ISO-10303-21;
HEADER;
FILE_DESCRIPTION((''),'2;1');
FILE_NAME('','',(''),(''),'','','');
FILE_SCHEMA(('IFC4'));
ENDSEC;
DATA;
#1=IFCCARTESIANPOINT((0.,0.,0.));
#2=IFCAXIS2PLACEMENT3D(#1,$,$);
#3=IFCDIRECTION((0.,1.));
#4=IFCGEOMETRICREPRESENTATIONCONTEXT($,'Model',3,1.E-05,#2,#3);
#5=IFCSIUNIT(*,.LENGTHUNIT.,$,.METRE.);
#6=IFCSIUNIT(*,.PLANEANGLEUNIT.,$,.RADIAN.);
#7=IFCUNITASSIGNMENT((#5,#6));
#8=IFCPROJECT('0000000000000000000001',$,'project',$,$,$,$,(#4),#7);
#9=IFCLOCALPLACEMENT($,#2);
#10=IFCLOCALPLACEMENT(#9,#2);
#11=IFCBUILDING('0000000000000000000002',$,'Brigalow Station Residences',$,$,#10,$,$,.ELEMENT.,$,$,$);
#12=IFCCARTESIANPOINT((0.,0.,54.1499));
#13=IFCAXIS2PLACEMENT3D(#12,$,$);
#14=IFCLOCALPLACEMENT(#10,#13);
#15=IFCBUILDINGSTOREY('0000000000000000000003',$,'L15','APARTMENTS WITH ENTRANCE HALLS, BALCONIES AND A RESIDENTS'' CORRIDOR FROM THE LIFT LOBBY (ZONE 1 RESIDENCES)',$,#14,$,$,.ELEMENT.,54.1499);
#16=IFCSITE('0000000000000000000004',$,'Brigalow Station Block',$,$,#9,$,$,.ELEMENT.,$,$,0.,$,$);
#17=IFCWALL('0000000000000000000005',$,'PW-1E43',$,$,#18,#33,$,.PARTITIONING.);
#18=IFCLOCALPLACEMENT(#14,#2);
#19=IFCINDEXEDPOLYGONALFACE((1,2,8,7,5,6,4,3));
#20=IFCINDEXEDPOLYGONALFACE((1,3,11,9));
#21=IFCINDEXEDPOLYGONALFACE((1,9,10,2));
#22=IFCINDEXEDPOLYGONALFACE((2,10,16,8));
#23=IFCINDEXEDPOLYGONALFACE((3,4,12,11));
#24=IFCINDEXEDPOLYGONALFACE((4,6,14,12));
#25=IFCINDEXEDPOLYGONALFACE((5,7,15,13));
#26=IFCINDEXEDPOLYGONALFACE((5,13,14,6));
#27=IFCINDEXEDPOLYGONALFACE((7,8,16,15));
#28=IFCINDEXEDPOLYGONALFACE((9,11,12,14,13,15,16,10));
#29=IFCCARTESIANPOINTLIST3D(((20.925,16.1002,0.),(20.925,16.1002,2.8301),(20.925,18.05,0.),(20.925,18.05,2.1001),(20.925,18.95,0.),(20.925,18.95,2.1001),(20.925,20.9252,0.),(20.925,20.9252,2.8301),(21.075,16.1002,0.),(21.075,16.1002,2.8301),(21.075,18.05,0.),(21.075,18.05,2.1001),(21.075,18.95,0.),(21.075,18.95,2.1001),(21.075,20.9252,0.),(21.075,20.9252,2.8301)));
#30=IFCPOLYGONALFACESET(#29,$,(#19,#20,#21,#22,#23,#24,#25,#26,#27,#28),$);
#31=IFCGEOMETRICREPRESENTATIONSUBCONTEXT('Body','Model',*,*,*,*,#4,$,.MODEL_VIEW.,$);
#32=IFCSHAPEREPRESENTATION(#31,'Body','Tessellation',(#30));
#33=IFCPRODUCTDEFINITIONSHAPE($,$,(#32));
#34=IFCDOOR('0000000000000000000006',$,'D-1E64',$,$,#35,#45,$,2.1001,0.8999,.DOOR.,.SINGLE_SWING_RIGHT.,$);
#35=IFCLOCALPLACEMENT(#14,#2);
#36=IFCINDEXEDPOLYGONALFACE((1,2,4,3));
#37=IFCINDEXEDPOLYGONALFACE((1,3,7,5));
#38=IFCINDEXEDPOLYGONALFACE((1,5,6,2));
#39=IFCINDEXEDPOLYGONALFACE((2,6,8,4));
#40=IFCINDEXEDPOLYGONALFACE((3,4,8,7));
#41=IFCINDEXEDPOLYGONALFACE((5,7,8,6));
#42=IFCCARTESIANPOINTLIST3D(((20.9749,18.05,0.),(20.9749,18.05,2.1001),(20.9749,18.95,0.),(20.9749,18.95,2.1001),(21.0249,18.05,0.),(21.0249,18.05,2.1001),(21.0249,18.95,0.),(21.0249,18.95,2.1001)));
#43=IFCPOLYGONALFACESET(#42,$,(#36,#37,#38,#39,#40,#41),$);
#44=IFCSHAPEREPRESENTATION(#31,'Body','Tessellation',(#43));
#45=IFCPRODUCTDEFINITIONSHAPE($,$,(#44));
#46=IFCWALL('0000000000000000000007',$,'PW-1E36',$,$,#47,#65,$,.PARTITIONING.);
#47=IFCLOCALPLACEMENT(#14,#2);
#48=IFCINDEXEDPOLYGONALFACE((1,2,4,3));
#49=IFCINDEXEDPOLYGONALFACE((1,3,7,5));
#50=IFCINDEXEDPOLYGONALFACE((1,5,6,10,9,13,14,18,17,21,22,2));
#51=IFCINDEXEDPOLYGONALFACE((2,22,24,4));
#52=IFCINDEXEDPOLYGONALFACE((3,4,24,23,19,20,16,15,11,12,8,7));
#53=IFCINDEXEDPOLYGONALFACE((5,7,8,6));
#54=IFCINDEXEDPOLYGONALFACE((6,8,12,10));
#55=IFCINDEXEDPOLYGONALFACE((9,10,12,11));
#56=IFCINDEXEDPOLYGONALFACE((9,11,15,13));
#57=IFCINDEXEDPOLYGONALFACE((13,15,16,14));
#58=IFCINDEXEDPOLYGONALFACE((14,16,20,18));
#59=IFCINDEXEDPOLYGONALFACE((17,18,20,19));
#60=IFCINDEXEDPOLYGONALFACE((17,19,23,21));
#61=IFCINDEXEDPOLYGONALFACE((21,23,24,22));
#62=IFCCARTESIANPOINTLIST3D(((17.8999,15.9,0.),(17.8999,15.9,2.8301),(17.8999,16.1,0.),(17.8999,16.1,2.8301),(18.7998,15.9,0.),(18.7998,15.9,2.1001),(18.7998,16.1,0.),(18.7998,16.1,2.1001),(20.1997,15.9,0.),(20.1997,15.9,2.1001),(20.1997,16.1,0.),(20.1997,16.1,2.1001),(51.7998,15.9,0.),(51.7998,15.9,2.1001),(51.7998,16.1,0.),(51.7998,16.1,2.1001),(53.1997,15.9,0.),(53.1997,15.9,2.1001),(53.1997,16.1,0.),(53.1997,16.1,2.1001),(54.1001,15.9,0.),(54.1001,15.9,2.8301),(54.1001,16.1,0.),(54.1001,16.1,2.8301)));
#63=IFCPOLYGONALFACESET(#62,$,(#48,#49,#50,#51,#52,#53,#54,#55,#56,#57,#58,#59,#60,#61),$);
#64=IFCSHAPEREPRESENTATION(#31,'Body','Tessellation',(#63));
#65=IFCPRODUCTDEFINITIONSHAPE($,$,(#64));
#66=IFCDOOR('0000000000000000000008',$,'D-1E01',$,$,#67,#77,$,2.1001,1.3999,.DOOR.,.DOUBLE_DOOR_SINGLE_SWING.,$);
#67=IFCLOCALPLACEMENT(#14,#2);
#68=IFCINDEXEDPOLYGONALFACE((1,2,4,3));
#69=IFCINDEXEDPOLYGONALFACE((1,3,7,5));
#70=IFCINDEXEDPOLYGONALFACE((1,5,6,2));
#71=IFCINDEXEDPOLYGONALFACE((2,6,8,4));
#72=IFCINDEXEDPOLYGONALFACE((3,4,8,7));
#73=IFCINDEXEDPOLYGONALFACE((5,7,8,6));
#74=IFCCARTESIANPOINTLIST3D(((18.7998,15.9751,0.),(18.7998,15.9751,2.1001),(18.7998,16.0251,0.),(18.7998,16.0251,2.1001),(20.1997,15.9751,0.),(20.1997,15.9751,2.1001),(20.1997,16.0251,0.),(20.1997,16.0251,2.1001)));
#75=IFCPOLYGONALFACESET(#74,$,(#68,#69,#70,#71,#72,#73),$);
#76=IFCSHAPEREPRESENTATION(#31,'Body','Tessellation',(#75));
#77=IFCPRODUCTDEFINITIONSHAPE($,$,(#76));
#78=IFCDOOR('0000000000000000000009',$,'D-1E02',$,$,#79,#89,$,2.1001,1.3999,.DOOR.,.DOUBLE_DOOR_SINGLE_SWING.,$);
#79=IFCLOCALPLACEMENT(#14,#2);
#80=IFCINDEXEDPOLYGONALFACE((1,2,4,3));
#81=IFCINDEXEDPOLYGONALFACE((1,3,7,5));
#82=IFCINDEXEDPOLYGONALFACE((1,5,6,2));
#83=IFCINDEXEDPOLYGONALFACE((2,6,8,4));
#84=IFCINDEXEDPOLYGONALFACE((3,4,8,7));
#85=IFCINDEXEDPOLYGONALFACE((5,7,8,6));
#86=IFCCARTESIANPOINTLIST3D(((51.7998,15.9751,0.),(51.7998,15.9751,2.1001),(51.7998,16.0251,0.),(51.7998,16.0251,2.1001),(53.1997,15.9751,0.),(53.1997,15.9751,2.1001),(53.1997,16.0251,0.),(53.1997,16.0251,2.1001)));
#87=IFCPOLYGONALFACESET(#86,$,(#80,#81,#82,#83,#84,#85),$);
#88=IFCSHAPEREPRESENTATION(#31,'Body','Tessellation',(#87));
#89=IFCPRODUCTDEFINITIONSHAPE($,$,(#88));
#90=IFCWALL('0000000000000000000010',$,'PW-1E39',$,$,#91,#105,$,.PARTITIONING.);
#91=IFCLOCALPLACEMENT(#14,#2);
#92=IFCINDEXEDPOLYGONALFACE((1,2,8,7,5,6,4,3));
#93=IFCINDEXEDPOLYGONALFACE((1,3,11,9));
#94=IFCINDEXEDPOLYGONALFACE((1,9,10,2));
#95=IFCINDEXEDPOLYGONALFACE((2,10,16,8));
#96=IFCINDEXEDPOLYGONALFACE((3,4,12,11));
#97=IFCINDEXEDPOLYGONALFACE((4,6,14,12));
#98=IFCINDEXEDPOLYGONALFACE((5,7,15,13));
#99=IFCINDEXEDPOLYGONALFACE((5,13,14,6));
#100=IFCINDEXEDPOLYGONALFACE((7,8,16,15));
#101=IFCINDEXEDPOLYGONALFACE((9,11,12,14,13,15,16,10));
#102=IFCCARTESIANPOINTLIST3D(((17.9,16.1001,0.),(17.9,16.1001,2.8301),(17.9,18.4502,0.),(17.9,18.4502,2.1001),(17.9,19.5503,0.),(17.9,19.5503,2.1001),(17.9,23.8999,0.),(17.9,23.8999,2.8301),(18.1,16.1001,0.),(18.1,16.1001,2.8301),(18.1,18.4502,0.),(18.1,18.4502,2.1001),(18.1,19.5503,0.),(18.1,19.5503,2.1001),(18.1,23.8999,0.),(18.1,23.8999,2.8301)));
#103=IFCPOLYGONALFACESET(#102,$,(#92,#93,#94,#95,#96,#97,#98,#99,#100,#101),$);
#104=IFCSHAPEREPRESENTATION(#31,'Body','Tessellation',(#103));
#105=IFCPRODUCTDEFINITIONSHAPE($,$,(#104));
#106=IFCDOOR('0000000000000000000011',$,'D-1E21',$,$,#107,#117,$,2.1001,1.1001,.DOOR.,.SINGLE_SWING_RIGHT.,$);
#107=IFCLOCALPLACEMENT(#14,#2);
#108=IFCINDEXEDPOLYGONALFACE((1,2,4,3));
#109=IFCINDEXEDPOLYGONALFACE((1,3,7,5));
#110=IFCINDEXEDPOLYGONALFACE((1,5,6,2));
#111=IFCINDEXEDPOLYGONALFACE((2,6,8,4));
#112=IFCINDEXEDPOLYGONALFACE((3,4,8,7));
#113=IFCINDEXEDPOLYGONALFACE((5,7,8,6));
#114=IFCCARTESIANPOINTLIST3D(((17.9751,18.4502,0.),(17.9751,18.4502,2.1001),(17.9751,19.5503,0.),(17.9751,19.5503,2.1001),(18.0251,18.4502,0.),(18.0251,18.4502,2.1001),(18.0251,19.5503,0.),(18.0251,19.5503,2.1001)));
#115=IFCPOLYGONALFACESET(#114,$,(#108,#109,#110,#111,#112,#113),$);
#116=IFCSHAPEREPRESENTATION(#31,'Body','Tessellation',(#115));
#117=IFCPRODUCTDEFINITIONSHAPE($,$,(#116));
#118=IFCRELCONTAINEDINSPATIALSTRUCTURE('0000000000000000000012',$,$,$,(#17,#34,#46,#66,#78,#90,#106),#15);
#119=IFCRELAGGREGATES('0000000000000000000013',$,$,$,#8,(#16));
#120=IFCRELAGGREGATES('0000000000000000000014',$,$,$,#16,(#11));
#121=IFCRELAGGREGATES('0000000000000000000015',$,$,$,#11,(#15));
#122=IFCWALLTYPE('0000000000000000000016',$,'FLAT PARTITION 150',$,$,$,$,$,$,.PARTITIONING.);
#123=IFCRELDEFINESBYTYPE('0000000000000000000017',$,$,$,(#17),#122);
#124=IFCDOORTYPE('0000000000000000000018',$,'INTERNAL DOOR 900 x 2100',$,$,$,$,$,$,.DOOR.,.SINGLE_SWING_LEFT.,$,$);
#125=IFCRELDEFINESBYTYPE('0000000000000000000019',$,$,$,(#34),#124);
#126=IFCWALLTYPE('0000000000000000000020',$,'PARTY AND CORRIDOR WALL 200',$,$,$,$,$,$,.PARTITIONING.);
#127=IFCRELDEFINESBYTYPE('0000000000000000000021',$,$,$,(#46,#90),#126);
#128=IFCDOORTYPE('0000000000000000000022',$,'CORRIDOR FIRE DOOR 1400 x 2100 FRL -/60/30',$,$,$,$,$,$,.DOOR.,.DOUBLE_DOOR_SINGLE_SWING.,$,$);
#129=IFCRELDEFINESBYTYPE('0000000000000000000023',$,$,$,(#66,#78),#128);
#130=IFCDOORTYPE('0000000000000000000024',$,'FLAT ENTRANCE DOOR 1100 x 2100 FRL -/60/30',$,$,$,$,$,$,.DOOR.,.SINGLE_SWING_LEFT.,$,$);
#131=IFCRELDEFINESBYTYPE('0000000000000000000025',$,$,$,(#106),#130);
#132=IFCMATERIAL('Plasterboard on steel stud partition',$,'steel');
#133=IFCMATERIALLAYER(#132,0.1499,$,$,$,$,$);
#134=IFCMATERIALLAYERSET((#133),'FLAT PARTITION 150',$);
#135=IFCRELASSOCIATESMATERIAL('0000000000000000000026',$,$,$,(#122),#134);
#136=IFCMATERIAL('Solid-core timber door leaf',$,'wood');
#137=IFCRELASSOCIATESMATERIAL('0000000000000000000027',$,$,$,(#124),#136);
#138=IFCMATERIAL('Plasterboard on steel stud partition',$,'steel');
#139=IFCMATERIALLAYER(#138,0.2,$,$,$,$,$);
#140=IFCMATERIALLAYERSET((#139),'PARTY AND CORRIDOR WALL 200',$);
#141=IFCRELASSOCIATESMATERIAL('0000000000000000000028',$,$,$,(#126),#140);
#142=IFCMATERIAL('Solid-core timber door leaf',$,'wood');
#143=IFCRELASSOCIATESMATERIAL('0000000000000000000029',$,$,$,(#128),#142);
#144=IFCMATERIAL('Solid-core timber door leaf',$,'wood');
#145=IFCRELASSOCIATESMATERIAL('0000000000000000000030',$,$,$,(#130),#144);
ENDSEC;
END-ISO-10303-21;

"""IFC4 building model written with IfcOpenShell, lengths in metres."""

from ifc_helpers import new_model, si_unit, direction, frame, frame_2d, origin, place, context, subcontext, project, spatial, rectangle, extrude, material, layer, layer_set, type_object, element, fill, save


model = new_model("IFC4")

# Units and contexts
model_context = context("Model", 3, precision=1e-05, world=origin(), true_north=direction((0.0, 1.0)))
body_context = subcontext(model_context, "Body", "Model", "MODEL_VIEW")
ifc_project = project(units=[si_unit("LENGTHUNIT", "METRE"), si_unit("PLANEANGLEUNIT", "RADIAN")], contexts=[model_context])

# Site, building, storey
site_placement = place(None, origin())
site = spatial("IfcSite", under=ifc_project, at=site_placement, Name="Brigalow Station Block", CompositionType="ELEMENT", RefElevation=0.0)
building_placement = place(site_placement, origin())
building = spatial("IfcBuilding", under=site, at=building_placement, Name="Brigalow Station Residences", CompositionType="ELEMENT")
storey_placement = place(building_placement, frame((0.0, 0.0, 54.1499)))
storey = spatial("IfcBuildingStorey", under=building, at=storey_placement, Name="L15", Description="APARTMENTS WITH ENTRANCE HALLS, BALCONIES AND A RESIDENTS' CORRIDOR FROM THE LIFT LOBBY (ZONE 1 RESIDENCES)", CompositionType="ELEMENT", Elevation=54.1499)

# Shared definitions
ifc_material_1 = material(Name="Plasterboard on steel stud partition", Category="steel")
ifc_layer_1 = layer(ifc_material_1, 0.1499)
ifc_layer_set_1 = layer_set([ifc_layer_1], Name="FLAT PARTITION 150")
wall_type_1 = type_object("IfcWallType", Name="FLAT PARTITION 150", PredefinedType="PARTITIONING", material=ifc_layer_set_1)
ifc_material_2 = material(Name="Solid-core timber door leaf", Category="wood")
door_type_1 = type_object("IfcDoorType", Name="INTERNAL DOOR 900 x 2100", OperationType="SINGLE_SWING_LEFT", PredefinedType="DOOR", material=ifc_material_2)

# Wall, opening, door
wall_1_placement = place(storey_placement, frame((21.0, 16.1001, 0.0), z_axis=(0.0, 0.0, 1.0), x_axis=(0.0, 1.0, 0.0)))
wall_1 = element("IfcWall", 1, at=wall_1_placement, inside=storey, type_object=wall_type_1, Name="PW-1E43", PredefinedType="PARTITIONING", context=body_context, shape_type="SweptSolid", body=[
    extrude(rectangle(XDim=4.825, YDim=0.1499, at=frame_2d((2.4126, 0.0))), origin(), (0.0, 0.0, 1.0), 2.8301),
])
opening_1_placement = place(wall_1_placement, frame((1.95, 0.0, 0.0)))
opening_1 = element("IfcOpeningElement", 2, at=opening_1_placement, cuts=wall_1, PredefinedType="OPENING", context=body_context, shape_type="SweptSolid", body=[
    extrude(rectangle(XDim=0.8999, YDim=2.1001, at=frame_2d((0.45, 1.05))), frame((0.0, 0.085, 0.0), z_axis=(0.0, -1.0, 0.0), x_axis=(1.0, 0.0, 0.0)), (0.0, 0.0, 1.0), 0.1699),
])
door_1_placement = place(opening_1_placement, frame((0.8999, 0.0, 0.0), z_axis=(0.0, 0.0, 1.0), x_axis=(-1.0, 0.0, 0.0)))
door_1 = element("IfcDoor", 3, at=door_1_placement, inside=storey, type_object=door_type_1, Name="D-1E64", OperationType="SINGLE_SWING_RIGHT", OverallHeight=2.1001, OverallWidth=0.8999, PredefinedType="DOOR", context=body_context, shape_type="SweptSolid", body=[
    extrude(rectangle(XDim=0.8999, YDim=2.1001, at=frame_2d((0.45, 1.05))), frame((0.0, 0.0249, 0.0), z_axis=(0.0, -1.0, 0.0), x_axis=(1.0, 0.0, 0.0)), (0.0, 0.0, 1.0), 0.05),
])
fill(opening_1, door_1)

# Wall, openings, doors
ifc_material_3 = material(Name="Plasterboard on steel stud partition", Category="steel")
ifc_layer_2 = layer(ifc_material_3, 0.2)
ifc_layer_set_2 = layer_set([ifc_layer_2], Name="PARTY AND CORRIDOR WALL 200")
wall_type_2 = type_object("IfcWallType", Name="PARTY AND CORRIDOR WALL 200", PredefinedType="PARTITIONING", material=ifc_layer_set_2)
wall_2_placement = place(storey_placement, frame((17.8999, 16.0, 0.0), z_axis=(0.0, 0.0, 1.0), x_axis=(1.0, 0.0, 0.0)))
wall_2 = element("IfcWall", 4, at=wall_2_placement, inside=storey, type_object=wall_type_2, Name="PW-1E36", PredefinedType="PARTITIONING", context=body_context, shape_type="SweptSolid", body=[
    extrude(rectangle(XDim=36.2002, YDim=0.2, at=frame_2d((18.1001, 0.0))), origin(), (0.0, 0.0, 1.0), 2.8301),
])
opening_2_placement = place(wall_2_placement, frame((0.8999, 0.0, 0.0)))
opening_2 = element("IfcOpeningElement", 5, at=opening_2_placement, cuts=wall_2, PredefinedType="OPENING", context=body_context, shape_type="SweptSolid", body=[
    extrude(rectangle(XDim=1.3999, YDim=2.1001, at=frame_2d((0.7, 1.05))), frame((0.0, 0.1099, 0.0), z_axis=(0.0, -1.0, 0.0), x_axis=(1.0, 0.0, 0.0)), (0.0, 0.0, 1.0), 0.22),
])
opening_3_placement = place(wall_2_placement, frame((33.8999, 0.0, 0.0)))
opening_3 = element("IfcOpeningElement", 6, at=opening_3_placement, cuts=wall_2, PredefinedType="OPENING", context=body_context, shape_type="SweptSolid", body=[
    extrude(rectangle(XDim=1.3999, YDim=2.1001, at=frame_2d((0.7, 1.05))), frame((0.0, 0.1099, 0.0), z_axis=(0.0, -1.0, 0.0), x_axis=(1.0, 0.0, 0.0)), (0.0, 0.0, 1.0), 0.22),
])
ifc_material_4 = material(Name="Solid-core timber door leaf", Category="wood")
door_type_2 = type_object("IfcDoorType", Name="CORRIDOR FIRE DOOR 1400 x 2100 FRL -/60/30", OperationType="DOUBLE_DOOR_SINGLE_SWING", PredefinedType="DOOR", material=ifc_material_4)
door_2_placement = place(opening_2_placement, frame((1.3999, 0.0, 0.0), z_axis=(0.0, 0.0, 1.0), x_axis=(-1.0, 0.0, 0.0)))
door_2 = element("IfcDoor", 7, at=door_2_placement, inside=storey, type_object=door_type_2, Name="D-1E01", OperationType="DOUBLE_DOOR_SINGLE_SWING", OverallHeight=2.1001, OverallWidth=1.3999, PredefinedType="DOOR", context=body_context, shape_type="SweptSolid", body=[
    extrude(rectangle(XDim=1.3999, YDim=2.1001, at=frame_2d((0.7, 1.05))), frame((0.0, 0.0249, 0.0), z_axis=(0.0, -1.0, 0.0), x_axis=(1.0, 0.0, 0.0)), (0.0, 0.0, 1.0), 0.05),
])
fill(opening_2, door_2)
door_3_placement = place(opening_3_placement, frame((1.3999, 0.0, 0.0), z_axis=(0.0, 0.0, 1.0), x_axis=(-1.0, 0.0, 0.0)))
door_3 = element("IfcDoor", 8, at=door_3_placement, inside=storey, type_object=door_type_2, Name="D-1E02", OperationType="DOUBLE_DOOR_SINGLE_SWING", OverallHeight=2.1001, OverallWidth=1.3999, PredefinedType="DOOR", context=body_context, shape_type="SweptSolid", body=[
    extrude(rectangle(XDim=1.3999, YDim=2.1001, at=frame_2d((0.7, 1.05))), frame((0.0, 0.0249, 0.0), z_axis=(0.0, -1.0, 0.0), x_axis=(1.0, 0.0, 0.0)), (0.0, 0.0, 1.0), 0.05),
])
fill(opening_3, door_3)

# Wall, opening, door
wall_3_placement = place(storey_placement, frame((18.0, 16.1001, 0.0), z_axis=(0.0, 0.0, 1.0), x_axis=(0.0, 1.0, 0.0)))
wall_3 = element("IfcWall", 9, at=wall_3_placement, inside=storey, type_object=wall_type_2, Name="PW-1E39", PredefinedType="PARTITIONING", context=body_context, shape_type="SweptSolid", body=[
    extrude(rectangle(XDim=7.7998, YDim=0.2, at=frame_2d((3.8999, 0.0))), origin(), (0.0, 0.0, 1.0), 2.8301),
])
opening_4_placement = place(wall_3_placement, frame((2.3501, 0.0, 0.0)))
opening_4 = element("IfcOpeningElement", 10, at=opening_4_placement, cuts=wall_3, PredefinedType="OPENING", context=body_context, shape_type="SweptSolid", body=[
    extrude(rectangle(XDim=1.1001, YDim=2.1001, at=frame_2d((0.55, 1.05))), frame((0.0, 0.1099, 0.0), z_axis=(0.0, -1.0, 0.0), x_axis=(1.0, 0.0, 0.0)), (0.0, 0.0, 1.0), 0.22),
])
ifc_material_5 = material(Name="Solid-core timber door leaf", Category="wood")
door_type_3 = type_object("IfcDoorType", Name="FLAT ENTRANCE DOOR 1100 x 2100 FRL -/60/30", OperationType="SINGLE_SWING_LEFT", PredefinedType="DOOR", material=ifc_material_5)
door_4_placement = place(opening_4_placement, origin())
door_4 = element("IfcDoor", 11, at=door_4_placement, inside=storey, type_object=door_type_3, Name="D-1E21", OperationType="SINGLE_SWING_RIGHT", OverallHeight=2.1001, OverallWidth=1.1001, PredefinedType="DOOR", context=body_context, shape_type="SweptSolid", body=[
    extrude(rectangle(XDim=1.1001, YDim=2.1001, at=frame_2d((0.55, 1.05))), frame((0.0, 0.0249, 0.0), z_axis=(0.0, -1.0, 0.0), x_axis=(1.0, 0.0, 0.0)), (0.0, 0.0, 1.0), 0.05),
])
fill(opening_4, door_4)

save(model, "model.ifc")
